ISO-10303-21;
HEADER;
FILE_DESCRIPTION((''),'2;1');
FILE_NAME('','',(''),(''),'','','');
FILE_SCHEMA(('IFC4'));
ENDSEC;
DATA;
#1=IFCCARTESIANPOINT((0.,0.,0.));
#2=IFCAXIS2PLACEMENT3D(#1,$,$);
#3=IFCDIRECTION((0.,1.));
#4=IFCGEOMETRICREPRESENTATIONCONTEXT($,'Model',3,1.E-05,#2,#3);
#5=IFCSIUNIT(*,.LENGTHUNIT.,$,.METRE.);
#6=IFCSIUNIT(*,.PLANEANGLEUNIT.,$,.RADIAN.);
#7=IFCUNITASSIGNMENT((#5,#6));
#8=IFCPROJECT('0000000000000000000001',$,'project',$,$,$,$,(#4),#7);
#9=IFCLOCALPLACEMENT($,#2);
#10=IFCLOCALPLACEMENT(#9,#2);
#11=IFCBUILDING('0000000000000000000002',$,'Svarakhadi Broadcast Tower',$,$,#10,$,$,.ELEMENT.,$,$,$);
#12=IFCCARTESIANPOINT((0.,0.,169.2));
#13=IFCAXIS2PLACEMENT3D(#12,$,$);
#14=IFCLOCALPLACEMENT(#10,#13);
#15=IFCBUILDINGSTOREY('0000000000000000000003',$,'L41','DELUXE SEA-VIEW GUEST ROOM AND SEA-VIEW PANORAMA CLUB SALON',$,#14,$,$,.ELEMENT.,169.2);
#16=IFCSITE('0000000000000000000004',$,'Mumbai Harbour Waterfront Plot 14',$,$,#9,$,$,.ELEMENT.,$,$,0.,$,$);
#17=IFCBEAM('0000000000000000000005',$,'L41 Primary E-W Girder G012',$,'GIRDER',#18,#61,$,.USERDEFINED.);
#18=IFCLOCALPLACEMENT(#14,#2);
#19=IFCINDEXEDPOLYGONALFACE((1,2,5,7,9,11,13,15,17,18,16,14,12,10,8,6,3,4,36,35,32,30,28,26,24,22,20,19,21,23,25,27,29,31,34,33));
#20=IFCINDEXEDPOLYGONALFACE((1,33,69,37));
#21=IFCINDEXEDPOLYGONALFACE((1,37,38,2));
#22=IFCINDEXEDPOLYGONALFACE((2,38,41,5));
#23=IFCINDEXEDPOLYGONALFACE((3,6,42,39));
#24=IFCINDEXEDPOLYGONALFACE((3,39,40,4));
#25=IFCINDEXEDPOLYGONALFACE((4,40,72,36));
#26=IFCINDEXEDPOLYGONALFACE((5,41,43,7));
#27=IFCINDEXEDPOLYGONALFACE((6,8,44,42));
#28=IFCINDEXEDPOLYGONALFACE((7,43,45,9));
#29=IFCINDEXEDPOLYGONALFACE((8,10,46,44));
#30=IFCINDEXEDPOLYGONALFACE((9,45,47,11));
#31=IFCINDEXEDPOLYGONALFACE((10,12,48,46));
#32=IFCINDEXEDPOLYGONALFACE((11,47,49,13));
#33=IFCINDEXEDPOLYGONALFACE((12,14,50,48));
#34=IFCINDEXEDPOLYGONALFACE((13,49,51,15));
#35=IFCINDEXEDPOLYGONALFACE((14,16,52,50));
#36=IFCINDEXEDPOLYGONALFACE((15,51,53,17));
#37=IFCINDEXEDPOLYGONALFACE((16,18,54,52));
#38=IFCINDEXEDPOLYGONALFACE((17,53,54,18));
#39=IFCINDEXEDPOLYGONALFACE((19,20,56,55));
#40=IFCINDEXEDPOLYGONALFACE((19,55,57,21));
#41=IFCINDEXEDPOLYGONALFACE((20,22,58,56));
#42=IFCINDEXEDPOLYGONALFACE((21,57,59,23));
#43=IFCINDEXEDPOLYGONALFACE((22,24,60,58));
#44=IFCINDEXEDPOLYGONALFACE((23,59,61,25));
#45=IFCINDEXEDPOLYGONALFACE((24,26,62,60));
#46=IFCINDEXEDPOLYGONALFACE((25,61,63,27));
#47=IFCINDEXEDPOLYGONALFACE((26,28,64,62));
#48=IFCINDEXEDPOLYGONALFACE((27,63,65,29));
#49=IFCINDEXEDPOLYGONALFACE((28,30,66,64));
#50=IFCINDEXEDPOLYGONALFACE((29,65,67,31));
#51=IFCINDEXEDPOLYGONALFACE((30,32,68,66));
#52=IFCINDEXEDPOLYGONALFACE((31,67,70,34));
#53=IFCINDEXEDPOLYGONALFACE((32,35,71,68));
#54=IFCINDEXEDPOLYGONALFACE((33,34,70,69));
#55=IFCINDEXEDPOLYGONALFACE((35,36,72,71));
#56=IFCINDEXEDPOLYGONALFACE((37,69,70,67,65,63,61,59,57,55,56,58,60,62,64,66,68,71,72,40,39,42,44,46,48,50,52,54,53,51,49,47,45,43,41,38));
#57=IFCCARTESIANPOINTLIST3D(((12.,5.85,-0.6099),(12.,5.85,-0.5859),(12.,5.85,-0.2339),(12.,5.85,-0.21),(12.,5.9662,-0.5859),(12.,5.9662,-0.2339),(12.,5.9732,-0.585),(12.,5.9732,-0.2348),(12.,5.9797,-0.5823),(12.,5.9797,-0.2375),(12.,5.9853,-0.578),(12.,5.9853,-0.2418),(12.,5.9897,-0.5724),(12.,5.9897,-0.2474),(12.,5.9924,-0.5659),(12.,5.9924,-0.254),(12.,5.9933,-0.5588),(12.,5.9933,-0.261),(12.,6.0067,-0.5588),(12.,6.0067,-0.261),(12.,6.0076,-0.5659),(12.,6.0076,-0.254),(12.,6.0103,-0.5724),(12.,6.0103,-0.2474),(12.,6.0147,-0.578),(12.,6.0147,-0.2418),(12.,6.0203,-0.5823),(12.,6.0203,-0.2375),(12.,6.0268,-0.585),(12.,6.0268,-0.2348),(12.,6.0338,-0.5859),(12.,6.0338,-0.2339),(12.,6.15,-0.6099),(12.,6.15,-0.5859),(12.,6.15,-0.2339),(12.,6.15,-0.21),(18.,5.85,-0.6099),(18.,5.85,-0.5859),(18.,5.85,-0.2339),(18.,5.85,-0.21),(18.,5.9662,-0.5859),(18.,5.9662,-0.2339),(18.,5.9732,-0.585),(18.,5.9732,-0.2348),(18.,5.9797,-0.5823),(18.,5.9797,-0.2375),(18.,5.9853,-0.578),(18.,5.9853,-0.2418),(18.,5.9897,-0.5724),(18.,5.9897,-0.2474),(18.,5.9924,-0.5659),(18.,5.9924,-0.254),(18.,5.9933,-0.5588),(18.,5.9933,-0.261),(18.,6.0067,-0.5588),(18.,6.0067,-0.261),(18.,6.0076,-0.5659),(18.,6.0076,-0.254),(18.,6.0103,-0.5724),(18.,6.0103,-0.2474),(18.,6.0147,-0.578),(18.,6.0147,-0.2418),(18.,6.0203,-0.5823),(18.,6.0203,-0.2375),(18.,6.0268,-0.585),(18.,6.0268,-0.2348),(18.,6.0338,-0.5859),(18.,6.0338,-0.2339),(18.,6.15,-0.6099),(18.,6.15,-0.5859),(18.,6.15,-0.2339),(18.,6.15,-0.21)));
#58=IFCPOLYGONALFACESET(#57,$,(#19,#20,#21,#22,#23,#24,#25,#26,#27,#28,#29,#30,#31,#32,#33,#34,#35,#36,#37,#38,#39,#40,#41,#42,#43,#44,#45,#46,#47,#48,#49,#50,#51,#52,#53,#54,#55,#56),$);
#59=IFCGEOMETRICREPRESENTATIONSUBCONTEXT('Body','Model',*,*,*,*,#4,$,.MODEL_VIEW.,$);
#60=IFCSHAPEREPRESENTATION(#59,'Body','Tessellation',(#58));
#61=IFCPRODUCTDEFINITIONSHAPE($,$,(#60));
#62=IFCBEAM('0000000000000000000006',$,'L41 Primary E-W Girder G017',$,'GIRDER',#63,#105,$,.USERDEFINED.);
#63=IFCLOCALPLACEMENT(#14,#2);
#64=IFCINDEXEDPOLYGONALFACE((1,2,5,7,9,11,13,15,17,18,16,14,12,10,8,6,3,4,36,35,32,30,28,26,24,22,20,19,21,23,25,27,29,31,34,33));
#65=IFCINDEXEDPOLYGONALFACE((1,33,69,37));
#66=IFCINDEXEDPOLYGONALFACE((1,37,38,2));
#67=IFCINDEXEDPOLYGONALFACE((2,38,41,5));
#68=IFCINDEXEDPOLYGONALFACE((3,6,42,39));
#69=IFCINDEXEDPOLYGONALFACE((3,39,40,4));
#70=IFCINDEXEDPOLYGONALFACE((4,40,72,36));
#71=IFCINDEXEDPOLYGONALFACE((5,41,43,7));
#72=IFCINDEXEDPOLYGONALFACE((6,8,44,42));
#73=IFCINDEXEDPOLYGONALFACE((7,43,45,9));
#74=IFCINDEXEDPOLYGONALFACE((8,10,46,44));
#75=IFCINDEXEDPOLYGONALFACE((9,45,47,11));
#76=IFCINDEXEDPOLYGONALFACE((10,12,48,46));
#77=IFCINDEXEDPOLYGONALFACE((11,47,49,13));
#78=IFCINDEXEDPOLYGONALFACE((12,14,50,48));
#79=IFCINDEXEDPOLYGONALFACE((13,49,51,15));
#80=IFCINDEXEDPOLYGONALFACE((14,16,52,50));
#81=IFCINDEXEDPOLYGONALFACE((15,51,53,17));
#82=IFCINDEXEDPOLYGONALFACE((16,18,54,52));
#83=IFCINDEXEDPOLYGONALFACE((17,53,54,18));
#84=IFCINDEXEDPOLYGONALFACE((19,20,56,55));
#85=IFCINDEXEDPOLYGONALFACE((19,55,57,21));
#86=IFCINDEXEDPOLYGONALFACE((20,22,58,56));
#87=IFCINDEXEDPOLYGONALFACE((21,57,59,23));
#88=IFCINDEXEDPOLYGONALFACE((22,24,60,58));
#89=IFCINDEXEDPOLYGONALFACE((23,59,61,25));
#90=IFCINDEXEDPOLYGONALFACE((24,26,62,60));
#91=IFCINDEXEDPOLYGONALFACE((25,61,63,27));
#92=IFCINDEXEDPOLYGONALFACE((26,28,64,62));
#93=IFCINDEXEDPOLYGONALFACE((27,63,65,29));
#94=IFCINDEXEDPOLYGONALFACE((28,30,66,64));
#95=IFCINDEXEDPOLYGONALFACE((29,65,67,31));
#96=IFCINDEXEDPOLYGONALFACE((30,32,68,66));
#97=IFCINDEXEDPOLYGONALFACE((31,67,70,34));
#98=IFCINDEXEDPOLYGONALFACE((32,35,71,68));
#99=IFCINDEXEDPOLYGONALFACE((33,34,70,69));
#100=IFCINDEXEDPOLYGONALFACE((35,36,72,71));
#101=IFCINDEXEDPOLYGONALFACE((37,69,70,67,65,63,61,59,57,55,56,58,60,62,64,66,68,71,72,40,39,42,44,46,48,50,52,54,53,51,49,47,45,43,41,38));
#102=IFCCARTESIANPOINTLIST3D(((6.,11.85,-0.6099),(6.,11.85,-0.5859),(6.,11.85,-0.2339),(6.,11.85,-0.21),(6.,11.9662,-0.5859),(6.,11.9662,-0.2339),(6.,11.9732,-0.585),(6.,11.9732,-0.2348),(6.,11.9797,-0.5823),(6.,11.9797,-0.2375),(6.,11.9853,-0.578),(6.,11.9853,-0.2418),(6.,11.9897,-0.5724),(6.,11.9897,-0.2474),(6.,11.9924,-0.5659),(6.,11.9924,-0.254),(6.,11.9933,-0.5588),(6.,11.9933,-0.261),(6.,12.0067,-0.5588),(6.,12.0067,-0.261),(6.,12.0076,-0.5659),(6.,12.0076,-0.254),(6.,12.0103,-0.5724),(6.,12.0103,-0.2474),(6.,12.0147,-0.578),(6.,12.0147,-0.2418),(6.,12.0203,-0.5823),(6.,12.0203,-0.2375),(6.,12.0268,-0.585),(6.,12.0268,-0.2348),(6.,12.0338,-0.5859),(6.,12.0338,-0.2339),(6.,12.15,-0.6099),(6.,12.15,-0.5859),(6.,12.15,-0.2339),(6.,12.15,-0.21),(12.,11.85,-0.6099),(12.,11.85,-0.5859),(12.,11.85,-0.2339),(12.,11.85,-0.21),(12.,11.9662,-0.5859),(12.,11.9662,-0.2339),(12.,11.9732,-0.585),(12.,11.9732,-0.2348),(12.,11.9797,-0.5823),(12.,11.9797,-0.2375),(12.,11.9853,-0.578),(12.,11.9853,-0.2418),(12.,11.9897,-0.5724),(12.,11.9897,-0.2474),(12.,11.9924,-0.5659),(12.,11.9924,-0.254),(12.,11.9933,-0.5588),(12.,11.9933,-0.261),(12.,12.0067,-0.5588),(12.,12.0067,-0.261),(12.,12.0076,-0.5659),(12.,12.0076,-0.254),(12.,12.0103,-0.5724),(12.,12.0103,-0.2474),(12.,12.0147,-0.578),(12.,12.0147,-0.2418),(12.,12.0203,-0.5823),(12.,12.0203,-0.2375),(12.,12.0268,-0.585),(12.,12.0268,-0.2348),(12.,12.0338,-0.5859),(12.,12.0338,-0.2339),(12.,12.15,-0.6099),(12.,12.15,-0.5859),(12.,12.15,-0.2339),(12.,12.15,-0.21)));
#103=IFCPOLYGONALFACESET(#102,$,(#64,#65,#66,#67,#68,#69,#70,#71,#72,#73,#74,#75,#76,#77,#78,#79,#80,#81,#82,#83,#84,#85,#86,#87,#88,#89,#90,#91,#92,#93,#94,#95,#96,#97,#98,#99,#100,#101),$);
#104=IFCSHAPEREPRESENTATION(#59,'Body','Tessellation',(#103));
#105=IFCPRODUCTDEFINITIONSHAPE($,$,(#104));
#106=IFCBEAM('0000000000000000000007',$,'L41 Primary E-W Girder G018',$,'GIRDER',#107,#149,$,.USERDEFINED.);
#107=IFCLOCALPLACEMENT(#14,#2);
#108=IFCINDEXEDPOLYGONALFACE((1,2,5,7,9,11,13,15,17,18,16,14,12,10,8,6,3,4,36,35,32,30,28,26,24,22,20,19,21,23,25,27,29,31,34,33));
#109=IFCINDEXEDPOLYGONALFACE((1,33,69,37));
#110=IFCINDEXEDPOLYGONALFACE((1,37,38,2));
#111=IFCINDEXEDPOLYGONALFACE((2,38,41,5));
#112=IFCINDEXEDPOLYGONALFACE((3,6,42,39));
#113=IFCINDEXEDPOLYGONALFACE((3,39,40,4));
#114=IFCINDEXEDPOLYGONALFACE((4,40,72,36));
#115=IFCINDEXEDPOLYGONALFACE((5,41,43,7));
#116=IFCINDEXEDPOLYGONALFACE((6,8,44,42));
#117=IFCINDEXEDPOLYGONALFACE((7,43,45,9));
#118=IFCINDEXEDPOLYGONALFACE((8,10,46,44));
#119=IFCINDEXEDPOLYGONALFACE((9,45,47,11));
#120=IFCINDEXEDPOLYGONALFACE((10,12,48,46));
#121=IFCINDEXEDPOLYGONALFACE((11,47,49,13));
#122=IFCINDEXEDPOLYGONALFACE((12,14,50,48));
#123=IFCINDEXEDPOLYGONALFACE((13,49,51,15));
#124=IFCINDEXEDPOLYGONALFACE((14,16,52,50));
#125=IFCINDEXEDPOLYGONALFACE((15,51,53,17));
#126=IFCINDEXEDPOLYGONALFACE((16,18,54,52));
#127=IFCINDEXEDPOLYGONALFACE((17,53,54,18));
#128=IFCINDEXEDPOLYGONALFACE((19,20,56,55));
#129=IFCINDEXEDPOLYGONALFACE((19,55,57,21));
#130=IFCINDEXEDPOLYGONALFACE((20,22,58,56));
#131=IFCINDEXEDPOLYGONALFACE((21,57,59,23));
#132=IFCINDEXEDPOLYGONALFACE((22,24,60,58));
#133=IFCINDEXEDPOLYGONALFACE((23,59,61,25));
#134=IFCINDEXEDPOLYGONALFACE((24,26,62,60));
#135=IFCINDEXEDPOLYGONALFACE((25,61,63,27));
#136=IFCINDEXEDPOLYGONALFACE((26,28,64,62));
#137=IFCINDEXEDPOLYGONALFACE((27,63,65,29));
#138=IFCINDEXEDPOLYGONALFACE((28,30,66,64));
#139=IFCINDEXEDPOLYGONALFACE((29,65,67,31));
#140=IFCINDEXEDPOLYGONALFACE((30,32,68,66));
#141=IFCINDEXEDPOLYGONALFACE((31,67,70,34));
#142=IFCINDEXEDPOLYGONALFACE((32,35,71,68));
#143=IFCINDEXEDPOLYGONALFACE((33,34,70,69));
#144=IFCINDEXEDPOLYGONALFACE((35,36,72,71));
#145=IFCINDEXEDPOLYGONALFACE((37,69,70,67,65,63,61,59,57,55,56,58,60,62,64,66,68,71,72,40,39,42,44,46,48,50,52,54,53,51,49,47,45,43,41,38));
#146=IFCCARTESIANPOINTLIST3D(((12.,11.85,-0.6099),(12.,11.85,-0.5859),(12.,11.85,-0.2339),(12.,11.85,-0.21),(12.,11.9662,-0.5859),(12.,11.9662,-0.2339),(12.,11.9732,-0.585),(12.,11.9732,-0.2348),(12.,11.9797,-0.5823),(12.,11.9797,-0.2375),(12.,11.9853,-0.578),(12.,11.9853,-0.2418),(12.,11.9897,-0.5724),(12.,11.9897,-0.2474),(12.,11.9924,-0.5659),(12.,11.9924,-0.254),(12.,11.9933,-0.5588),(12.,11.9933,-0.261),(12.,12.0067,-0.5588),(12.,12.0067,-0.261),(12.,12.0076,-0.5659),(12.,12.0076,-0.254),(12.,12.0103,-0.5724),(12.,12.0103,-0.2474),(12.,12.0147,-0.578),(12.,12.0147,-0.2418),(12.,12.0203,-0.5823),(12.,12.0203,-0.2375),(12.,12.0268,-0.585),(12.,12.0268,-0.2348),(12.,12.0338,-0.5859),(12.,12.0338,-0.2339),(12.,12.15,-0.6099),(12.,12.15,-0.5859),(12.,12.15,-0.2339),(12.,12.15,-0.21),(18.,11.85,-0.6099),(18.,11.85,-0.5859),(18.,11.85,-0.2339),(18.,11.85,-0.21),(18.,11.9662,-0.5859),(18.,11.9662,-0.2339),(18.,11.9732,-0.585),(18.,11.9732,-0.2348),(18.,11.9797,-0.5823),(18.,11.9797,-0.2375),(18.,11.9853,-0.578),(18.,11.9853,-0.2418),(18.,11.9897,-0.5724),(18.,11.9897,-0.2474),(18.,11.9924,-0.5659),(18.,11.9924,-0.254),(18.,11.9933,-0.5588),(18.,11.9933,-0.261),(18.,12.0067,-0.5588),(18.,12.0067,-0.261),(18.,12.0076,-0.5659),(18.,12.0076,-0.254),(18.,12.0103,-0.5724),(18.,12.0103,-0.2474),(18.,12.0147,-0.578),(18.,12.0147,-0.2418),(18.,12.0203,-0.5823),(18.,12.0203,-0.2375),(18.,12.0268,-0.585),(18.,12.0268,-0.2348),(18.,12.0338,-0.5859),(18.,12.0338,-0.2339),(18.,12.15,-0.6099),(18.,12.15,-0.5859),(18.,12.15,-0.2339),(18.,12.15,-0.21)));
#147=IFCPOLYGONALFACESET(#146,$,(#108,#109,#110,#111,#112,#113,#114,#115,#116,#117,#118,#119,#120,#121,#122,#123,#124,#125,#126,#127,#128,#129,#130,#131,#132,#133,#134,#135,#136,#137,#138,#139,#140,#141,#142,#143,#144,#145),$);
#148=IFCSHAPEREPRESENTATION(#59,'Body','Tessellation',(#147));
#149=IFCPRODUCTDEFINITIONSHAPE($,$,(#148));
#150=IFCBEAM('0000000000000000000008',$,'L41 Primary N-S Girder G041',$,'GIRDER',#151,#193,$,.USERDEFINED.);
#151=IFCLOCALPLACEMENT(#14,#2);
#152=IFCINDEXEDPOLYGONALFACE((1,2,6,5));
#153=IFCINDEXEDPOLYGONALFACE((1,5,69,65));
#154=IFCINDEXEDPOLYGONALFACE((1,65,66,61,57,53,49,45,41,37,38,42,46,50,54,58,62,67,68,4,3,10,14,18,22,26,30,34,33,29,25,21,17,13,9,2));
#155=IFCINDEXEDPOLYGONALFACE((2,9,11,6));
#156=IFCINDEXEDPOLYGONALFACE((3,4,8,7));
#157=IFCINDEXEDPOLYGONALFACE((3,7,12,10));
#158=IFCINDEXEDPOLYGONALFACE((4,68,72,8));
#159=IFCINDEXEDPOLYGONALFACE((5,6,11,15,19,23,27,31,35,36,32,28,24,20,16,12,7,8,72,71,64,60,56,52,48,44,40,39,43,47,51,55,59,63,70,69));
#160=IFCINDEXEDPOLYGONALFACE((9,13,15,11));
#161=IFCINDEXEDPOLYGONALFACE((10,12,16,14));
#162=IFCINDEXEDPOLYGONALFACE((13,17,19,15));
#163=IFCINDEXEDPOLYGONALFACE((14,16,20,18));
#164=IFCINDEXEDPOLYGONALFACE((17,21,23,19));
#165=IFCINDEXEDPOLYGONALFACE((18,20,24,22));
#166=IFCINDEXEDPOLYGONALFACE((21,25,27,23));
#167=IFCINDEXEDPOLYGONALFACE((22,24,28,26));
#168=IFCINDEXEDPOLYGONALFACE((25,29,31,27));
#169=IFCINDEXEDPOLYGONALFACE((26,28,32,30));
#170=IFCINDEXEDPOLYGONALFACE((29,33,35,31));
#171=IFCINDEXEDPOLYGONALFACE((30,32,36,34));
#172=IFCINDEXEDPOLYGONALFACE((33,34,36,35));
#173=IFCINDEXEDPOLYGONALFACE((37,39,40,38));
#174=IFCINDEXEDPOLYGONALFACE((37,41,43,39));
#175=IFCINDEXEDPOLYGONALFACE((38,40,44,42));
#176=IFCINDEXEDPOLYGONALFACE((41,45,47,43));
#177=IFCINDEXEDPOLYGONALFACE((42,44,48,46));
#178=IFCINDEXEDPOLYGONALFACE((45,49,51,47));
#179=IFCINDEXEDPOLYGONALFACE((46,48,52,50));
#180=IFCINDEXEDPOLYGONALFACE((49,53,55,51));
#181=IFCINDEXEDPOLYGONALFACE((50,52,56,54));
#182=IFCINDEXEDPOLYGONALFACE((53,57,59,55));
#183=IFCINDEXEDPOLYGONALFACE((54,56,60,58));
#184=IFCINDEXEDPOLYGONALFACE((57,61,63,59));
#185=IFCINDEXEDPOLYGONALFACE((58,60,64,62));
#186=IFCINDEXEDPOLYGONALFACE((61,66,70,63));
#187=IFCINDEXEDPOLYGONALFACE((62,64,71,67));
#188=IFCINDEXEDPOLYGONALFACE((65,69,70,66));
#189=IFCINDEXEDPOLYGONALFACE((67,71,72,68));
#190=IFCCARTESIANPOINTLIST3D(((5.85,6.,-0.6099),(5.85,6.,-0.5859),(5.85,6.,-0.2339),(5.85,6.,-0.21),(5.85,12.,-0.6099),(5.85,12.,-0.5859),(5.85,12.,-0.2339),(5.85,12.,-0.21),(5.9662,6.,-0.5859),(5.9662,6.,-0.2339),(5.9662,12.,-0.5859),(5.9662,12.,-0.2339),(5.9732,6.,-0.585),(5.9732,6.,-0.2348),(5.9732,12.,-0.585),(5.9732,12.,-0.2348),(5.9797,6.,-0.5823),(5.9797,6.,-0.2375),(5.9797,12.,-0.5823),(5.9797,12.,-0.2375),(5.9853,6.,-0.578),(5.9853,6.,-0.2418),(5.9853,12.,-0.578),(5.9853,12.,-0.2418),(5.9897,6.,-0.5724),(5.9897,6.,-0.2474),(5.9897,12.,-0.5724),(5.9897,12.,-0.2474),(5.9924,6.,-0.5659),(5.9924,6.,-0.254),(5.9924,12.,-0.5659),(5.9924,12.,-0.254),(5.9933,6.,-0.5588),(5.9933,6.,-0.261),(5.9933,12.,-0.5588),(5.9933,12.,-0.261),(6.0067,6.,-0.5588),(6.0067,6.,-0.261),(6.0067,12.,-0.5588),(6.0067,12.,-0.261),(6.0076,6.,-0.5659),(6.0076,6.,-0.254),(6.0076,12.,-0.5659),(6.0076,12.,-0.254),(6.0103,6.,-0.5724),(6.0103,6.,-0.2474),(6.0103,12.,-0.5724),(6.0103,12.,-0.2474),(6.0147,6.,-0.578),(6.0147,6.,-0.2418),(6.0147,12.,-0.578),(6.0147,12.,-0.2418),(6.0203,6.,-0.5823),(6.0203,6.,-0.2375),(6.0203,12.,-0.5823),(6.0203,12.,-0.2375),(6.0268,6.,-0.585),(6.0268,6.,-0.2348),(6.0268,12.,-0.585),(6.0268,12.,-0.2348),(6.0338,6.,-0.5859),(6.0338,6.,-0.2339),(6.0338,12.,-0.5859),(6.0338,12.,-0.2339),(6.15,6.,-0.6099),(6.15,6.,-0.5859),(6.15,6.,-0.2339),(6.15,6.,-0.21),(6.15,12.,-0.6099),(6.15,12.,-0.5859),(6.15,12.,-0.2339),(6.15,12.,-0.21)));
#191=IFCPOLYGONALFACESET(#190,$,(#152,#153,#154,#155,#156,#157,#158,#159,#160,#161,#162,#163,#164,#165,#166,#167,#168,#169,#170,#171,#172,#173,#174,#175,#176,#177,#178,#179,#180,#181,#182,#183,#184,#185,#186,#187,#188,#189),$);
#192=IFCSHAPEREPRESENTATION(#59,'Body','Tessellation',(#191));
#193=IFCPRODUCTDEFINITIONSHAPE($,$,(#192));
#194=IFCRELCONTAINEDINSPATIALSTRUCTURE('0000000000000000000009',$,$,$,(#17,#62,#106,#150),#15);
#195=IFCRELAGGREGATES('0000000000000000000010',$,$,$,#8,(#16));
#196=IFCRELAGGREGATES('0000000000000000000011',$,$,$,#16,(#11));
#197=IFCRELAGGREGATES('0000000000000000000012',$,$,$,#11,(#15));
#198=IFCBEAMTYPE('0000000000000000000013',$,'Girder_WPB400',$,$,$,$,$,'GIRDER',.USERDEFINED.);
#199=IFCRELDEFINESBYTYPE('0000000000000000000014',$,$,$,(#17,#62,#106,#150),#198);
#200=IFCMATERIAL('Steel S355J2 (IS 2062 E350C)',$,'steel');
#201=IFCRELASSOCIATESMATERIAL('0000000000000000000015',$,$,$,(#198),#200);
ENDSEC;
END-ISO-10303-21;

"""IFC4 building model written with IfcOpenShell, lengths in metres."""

from ifc_helpers import new_model, si_unit, direction, frame, origin, origin_2d, place, context, subcontext, project, spatial, i_section, extrude, material, material_profile, profile_set, type_object, element, save


model = new_model("IFC4")

# Units and contexts
model_context = context("Model", 3, precision=1e-05, world=origin(), true_north=direction((0.0, 1.0)))
body_context = subcontext(model_context, "Body", "Model", "MODEL_VIEW")
ifc_project = project(units=[si_unit("LENGTHUNIT", "METRE"), si_unit("PLANEANGLEUNIT", "RADIAN")], contexts=[model_context])

# Site, building, storey
site_placement = place(None, origin())
site = spatial("IfcSite", under=ifc_project, at=site_placement, Name="Mumbai Harbour Waterfront Plot 14", CompositionType="ELEMENT", RefElevation=0.0)
building_placement = place(site_placement, origin())
building = spatial("IfcBuilding", under=site, at=building_placement, Name="Svarakhadi Broadcast Tower", CompositionType="ELEMENT")
storey_placement = place(building_placement, frame((0.0, 0.0, 169.2)))
storey = spatial("IfcBuildingStorey", under=building, at=storey_placement, Name="L41", Description="DELUXE SEA-VIEW GUEST ROOM AND SEA-VIEW PANORAMA CLUB SALON", CompositionType="ELEMENT", Elevation=169.2)

# Beams
ifc_material_1 = material(Name="Steel S355J2 (IS 2062 E350C)", Category="steel")
ifc_material_profile_1 = material_profile(ifc_material_1, i_section(OverallWidth=0.3, OverallDepth=0.3999, WebThickness=0.0134, FlangeThickness=0.0239, FilletRadius=0.0271, at=origin_2d()), Name="WPB 400x300x155")
ifc_profile_set_1 = profile_set([ifc_material_profile_1], Name="Steel S355J2 (IS 2062 E350C)")
beam_type_1 = type_object("IfcBeamType", Name="Girder_WPB400", ElementType="GIRDER", PredefinedType="USERDEFINED", material=ifc_profile_set_1)
for number, where, z_axis, x_axis, name in (
    (1, (12.0, 6.0, -0.4099), (1.0, 0.0, 0.0), (0.0, 1.0, 0.0), "L41 Primary E-W Girder G012"),
    (2, (6.0, 12.0, -0.4099), (1.0, 0.0, 0.0), (0.0, 1.0, 0.0), "L41 Primary E-W Girder G017"),
    (3, (12.0, 12.0, -0.4099), (1.0, 0.0, 0.0), (0.0, 1.0, 0.0), "L41 Primary E-W Girder G018"),
    (4, (6.0, 6.0, -0.4099), (0.0, 1.0, 0.0), (-1.0, 0.0, 0.0), "L41 Primary N-S Girder G041"),
):
    element("IfcBeam", number, at=place(storey_placement, frame(where, z_axis=z_axis, x_axis=x_axis)), inside=storey, type_object=beam_type_1, Name=name, ObjectType="GIRDER", PredefinedType="USERDEFINED", context=body_context, shape_type="SweptSolid", body=[
        extrude(i_section(OverallWidth=0.3, OverallDepth=0.3999, WebThickness=0.0134, FlangeThickness=0.0239, FilletRadius=0.0271, at=origin_2d()), origin(), (0.0, 0.0, 1.0), 6.0),
    ])

save(model, "model.ifc")
